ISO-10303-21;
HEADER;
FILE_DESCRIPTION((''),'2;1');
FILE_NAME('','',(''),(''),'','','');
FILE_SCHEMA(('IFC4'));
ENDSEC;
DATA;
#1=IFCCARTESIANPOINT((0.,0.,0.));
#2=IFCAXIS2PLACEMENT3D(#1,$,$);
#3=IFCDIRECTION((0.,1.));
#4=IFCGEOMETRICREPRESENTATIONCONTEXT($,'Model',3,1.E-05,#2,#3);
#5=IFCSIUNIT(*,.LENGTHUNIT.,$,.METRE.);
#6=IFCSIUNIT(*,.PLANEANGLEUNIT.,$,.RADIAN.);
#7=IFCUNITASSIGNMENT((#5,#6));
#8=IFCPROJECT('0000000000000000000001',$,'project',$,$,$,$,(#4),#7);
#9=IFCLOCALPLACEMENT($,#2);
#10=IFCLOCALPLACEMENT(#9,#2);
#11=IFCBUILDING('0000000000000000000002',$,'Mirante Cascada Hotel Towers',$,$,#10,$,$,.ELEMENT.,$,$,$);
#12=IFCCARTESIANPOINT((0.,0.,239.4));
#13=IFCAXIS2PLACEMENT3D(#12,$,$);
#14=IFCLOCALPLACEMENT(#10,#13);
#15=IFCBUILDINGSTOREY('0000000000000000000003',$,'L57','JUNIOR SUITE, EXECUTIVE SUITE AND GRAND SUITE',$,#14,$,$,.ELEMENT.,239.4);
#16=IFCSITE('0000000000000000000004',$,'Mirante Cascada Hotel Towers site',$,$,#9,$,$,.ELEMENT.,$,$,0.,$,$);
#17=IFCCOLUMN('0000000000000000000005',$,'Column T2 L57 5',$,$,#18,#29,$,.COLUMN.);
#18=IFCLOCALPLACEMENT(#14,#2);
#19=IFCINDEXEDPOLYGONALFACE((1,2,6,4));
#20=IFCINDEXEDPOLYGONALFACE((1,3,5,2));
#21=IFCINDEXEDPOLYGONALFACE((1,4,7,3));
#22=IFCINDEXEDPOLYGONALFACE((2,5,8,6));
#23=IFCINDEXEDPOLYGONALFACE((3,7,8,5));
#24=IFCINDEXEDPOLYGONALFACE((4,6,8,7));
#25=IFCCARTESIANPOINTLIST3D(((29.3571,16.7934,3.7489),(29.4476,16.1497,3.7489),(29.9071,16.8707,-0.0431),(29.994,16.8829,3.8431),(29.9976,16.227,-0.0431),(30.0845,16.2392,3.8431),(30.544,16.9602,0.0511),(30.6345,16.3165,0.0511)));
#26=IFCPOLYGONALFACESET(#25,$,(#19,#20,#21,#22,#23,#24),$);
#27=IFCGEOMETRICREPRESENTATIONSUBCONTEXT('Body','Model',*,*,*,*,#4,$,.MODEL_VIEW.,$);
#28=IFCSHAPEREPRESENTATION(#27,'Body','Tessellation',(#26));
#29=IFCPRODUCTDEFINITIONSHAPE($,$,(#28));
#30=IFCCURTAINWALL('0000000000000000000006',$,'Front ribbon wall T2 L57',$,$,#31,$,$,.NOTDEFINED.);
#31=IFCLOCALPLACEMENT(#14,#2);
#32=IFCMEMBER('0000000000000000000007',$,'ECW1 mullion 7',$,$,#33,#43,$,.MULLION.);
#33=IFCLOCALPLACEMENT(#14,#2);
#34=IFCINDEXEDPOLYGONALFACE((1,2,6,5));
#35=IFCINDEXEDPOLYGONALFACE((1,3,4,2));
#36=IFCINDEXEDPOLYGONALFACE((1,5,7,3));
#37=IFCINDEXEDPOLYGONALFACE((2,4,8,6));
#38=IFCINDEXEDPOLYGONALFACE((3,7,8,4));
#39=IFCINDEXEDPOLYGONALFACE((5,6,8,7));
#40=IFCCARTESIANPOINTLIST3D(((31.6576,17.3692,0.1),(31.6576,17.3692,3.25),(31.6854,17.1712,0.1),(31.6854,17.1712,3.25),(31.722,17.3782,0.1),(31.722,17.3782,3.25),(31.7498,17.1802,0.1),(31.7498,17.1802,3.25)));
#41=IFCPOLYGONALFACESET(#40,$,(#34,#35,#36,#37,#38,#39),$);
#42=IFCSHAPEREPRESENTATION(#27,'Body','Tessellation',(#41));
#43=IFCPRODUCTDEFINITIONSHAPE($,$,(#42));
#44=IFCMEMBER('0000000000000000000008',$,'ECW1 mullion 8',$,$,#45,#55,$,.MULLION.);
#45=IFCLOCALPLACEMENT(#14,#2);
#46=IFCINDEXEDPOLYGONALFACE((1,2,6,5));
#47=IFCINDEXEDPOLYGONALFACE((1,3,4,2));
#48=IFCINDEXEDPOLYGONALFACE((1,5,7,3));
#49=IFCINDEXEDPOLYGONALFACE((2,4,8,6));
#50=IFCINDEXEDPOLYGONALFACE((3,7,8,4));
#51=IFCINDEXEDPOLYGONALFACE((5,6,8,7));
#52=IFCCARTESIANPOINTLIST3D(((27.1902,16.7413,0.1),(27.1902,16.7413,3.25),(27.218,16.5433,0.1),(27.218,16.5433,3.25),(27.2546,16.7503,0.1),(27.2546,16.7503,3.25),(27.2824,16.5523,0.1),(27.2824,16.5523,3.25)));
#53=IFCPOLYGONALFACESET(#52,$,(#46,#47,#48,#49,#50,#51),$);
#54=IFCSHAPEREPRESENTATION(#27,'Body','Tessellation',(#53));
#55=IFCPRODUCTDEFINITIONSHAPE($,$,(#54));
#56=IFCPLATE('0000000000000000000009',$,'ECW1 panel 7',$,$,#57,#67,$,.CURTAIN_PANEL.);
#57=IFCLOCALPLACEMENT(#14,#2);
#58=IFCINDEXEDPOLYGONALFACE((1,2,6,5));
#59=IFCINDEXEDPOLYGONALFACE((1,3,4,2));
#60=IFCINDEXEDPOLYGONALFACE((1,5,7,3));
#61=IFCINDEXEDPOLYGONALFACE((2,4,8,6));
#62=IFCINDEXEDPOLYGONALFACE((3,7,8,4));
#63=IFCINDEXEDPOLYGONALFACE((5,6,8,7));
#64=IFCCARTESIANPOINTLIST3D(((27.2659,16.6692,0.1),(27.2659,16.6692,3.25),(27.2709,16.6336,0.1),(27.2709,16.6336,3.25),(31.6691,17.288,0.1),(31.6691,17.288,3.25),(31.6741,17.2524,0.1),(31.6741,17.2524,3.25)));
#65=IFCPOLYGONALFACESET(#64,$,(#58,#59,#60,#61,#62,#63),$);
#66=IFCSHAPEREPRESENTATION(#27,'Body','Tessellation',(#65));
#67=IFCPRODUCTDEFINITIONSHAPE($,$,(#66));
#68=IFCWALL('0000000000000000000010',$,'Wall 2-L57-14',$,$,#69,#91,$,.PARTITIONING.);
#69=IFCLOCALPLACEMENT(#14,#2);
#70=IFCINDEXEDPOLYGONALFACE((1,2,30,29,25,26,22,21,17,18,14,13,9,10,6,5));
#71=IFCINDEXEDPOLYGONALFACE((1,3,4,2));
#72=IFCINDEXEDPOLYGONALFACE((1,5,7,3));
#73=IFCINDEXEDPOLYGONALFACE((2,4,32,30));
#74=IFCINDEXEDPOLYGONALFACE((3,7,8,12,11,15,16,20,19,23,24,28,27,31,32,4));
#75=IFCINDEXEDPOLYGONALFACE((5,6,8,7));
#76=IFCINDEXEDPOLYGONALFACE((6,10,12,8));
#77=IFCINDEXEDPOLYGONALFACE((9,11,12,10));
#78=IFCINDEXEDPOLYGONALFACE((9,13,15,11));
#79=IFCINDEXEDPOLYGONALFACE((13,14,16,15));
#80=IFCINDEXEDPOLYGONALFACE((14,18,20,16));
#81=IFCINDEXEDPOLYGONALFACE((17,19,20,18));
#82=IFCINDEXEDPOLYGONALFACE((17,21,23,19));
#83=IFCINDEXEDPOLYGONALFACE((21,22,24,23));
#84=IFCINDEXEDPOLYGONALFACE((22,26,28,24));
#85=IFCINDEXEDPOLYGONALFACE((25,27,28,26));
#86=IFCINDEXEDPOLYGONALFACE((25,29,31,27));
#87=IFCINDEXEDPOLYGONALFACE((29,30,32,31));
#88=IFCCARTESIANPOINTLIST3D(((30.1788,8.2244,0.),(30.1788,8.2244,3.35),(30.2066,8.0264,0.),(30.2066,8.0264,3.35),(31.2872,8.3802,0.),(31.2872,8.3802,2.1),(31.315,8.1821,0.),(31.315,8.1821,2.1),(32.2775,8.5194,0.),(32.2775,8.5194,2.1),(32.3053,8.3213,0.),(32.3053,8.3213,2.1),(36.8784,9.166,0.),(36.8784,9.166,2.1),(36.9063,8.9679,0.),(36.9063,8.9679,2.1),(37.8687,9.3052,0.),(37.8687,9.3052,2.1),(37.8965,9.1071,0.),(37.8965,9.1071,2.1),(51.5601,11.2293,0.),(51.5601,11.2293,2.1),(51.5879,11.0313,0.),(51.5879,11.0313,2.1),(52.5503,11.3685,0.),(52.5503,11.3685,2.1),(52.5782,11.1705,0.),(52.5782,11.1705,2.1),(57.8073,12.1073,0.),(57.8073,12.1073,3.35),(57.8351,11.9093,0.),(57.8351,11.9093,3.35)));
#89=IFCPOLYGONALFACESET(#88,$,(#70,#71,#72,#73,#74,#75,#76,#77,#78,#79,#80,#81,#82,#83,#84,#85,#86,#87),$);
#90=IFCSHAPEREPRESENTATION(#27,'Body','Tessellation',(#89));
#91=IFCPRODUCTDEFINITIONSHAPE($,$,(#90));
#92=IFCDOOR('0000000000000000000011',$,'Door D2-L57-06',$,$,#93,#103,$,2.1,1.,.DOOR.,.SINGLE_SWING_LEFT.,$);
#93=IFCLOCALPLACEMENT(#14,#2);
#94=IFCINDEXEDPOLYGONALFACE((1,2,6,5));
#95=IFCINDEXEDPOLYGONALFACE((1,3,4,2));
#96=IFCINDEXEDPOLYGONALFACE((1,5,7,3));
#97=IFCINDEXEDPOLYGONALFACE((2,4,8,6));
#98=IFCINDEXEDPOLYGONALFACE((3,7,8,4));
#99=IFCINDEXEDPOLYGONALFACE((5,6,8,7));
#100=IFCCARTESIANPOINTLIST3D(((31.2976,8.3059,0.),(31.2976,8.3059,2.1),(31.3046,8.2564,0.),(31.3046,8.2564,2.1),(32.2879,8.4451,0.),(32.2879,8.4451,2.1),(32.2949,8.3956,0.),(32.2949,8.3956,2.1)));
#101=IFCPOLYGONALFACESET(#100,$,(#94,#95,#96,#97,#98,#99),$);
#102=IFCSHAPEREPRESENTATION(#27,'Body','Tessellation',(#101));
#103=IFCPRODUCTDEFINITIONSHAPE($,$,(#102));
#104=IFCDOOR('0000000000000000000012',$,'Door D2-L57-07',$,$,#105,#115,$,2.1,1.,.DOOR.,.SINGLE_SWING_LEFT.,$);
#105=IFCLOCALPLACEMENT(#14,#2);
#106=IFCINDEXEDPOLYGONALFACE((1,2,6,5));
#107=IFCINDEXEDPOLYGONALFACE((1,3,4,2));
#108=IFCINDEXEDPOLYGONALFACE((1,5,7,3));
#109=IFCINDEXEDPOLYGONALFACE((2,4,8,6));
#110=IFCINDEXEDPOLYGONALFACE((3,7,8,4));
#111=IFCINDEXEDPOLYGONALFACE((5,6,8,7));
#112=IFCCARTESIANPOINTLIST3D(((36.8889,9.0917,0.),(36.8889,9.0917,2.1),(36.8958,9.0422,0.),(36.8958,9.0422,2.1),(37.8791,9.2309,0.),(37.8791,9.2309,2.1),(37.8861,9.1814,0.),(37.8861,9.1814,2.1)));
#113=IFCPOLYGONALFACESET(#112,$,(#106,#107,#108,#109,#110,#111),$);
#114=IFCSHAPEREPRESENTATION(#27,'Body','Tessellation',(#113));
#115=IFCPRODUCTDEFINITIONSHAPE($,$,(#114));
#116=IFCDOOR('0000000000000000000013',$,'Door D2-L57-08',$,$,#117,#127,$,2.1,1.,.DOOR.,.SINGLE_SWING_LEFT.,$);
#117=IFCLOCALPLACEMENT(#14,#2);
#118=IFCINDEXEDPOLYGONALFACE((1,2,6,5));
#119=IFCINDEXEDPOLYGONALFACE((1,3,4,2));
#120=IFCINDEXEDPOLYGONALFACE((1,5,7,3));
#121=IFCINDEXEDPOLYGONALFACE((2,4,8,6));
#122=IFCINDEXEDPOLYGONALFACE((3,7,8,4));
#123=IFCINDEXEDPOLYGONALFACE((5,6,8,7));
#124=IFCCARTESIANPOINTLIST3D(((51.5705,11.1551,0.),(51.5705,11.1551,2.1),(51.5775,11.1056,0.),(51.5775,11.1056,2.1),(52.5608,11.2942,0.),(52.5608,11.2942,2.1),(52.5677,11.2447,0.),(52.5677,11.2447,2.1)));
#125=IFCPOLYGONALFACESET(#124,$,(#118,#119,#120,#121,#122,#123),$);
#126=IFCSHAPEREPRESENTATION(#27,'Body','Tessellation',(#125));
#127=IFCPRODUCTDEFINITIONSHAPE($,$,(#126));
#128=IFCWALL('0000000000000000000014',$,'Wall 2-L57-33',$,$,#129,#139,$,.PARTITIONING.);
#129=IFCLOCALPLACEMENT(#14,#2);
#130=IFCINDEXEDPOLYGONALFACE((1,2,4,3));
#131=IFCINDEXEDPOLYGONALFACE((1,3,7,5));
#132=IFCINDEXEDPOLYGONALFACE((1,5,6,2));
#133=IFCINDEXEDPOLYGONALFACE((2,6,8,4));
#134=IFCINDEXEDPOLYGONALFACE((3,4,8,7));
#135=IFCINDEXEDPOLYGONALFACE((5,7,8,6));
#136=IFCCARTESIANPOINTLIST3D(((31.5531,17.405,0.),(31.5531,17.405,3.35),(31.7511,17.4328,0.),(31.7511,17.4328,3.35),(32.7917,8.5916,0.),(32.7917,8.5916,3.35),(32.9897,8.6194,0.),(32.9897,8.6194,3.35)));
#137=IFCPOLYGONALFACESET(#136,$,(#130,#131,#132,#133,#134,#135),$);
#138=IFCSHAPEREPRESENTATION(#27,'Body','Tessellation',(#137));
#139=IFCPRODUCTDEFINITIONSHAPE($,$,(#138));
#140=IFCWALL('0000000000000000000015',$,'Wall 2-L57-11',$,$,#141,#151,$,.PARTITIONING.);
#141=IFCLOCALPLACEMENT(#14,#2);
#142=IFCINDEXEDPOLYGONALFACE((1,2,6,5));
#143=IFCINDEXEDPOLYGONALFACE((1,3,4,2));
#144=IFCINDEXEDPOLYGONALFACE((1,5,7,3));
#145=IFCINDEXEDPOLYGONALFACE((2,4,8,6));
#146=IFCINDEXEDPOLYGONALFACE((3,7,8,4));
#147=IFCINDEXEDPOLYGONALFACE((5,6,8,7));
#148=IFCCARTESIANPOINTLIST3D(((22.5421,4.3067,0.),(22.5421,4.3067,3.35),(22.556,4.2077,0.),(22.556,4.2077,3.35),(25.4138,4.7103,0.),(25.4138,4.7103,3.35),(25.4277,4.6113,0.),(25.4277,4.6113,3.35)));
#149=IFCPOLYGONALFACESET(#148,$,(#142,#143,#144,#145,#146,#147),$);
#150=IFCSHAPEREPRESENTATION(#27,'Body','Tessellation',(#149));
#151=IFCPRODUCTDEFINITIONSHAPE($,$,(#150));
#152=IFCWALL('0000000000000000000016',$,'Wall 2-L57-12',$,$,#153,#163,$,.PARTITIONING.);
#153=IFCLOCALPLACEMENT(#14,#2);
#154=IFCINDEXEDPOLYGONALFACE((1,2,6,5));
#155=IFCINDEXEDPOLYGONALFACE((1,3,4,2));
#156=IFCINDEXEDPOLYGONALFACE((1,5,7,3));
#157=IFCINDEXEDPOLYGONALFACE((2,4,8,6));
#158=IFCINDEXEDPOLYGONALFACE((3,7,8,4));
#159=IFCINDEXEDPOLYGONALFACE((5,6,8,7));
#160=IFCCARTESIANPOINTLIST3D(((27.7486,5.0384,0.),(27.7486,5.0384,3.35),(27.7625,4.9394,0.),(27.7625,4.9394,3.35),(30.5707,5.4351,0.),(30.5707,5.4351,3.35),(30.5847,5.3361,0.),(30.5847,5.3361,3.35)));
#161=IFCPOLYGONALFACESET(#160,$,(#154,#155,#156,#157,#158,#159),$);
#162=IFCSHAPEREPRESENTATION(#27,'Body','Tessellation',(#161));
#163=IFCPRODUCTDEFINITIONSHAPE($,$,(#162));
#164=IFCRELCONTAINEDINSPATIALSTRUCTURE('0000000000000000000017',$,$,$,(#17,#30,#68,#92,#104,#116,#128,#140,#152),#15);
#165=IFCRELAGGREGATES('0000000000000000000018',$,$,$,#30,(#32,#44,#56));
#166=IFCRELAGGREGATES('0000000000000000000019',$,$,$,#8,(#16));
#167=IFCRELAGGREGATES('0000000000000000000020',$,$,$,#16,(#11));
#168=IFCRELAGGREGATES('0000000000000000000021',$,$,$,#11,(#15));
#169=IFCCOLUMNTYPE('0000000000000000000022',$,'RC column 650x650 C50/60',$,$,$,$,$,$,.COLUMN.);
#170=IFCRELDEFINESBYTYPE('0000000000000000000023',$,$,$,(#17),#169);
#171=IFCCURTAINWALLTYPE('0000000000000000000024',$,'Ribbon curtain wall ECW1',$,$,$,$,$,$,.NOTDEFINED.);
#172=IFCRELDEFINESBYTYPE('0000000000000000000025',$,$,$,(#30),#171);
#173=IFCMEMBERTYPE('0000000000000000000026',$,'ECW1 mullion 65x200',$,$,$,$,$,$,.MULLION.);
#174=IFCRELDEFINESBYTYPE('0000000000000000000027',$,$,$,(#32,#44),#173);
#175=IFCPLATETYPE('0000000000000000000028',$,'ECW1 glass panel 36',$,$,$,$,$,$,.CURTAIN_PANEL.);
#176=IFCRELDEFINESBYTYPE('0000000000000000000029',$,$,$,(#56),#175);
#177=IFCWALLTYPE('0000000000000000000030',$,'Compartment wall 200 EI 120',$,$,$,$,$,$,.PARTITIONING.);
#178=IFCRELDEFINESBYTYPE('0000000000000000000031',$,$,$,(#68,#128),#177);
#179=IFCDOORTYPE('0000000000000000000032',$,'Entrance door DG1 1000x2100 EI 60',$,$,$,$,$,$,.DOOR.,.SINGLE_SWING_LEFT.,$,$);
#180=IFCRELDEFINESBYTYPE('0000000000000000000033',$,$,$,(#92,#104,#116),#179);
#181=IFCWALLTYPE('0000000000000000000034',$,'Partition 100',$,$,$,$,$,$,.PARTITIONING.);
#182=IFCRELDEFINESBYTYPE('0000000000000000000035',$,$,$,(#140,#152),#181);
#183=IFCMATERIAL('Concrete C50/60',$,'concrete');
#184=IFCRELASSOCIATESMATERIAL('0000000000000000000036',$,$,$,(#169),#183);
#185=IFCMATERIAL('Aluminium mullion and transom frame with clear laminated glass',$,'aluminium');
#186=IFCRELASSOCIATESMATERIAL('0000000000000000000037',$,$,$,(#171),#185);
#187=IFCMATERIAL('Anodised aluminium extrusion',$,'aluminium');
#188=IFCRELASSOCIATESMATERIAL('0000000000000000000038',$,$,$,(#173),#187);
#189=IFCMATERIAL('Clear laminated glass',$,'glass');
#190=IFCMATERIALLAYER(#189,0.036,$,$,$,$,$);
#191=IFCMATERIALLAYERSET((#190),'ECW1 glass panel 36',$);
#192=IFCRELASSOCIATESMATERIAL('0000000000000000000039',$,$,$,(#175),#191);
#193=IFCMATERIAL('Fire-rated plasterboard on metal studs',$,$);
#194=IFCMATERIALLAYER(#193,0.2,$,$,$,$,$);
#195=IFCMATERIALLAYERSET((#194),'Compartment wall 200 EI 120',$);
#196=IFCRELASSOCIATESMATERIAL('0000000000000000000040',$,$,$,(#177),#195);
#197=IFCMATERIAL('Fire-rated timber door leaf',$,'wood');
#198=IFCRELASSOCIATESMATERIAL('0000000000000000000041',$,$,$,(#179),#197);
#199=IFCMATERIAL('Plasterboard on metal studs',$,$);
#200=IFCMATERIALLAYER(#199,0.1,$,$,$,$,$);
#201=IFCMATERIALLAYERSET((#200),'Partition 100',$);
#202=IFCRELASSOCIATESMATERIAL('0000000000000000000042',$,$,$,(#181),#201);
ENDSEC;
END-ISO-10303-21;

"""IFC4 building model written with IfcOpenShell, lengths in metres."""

from ifc_helpers import new_model, si_unit, direction, frame, frame_2d, origin, origin_2d, place, context, subcontext, project, spatial, rectangle, extrude, material, layer, layer_set, material_profile, profile_set, type_object, element, fill, aggregate, save


model = new_model("IFC4")

# Units and contexts
model_context = context("Model", 3, precision=1e-05, world=origin(), true_north=direction((0.0, 1.0)))
body_context = subcontext(model_context, "Body", "Model", "MODEL_VIEW")
ifc_project = project(units=[si_unit("LENGTHUNIT", "METRE"), si_unit("PLANEANGLEUNIT", "RADIAN")], contexts=[model_context])

# Site, building, storey
site_placement = place(None, origin())
site = spatial("IfcSite", under=ifc_project, at=site_placement, Name="Mirante Cascada Hotel Towers site", CompositionType="ELEMENT", RefElevation=0.0)
building_placement = place(site_placement, origin())
building = spatial("IfcBuilding", under=site, at=building_placement, Name="Mirante Cascada Hotel Towers", CompositionType="ELEMENT")
storey_placement = place(building_placement, frame((0.0, 0.0, 239.4)))
storey = spatial("IfcBuildingStorey", under=building, at=storey_placement, Name="L57", Description="JUNIOR SUITE, EXECUTIVE SUITE AND GRAND SUITE", CompositionType="ELEMENT", Elevation=239.4)

# Column
ifc_material_1 = material(Name="Concrete C50/60", Category="concrete")
ifc_material_profile_1 = material_profile(ifc_material_1, rectangle(XDim=0.65, YDim=0.65, at=origin_2d()), Name="RC column 650x650 C50/60")
ifc_profile_set_1 = profile_set([ifc_material_profile_1], Name="Concrete C50/60")
column_type = type_object("IfcColumnType", Name="RC column 650x650 C50/60", PredefinedType="COLUMN", material=ifc_profile_set_1)
column_placement = place(storey_placement, frame((30.2708, 16.5936, 0.004), z_axis=(-0.143511, -0.02017, 0.989443), x_axis=(0.139178, -0.990267, 0.0)))
element("IfcColumn", 1, at=column_placement, inside=storey, type_object=column_type, Name="Column T2 L57 5", PredefinedType="COLUMN", context=body_context, shape_type="SweptSolid", body=[
    extrude(rectangle(XDim=0.65, YDim=0.65, at=origin_2d()), origin(), (0.0, 0.0, 1.0), 3.8325),
])

# Curtain wall, members, plate
ifc_material_2 = material(Name="Aluminium mullion and transom frame with clear laminated glass", Category="aluminium")
curtain_wall_type = type_object("IfcCurtainWallType", Name="Ribbon curtain wall ECW1", PredefinedType="NOTDEFINED", material=ifc_material_2)
curtain_wall_placement = place(storey_placement, origin())
curtain_wall = element("IfcCurtainWall", 2, at=curtain_wall_placement, inside=storey, type_object=curtain_wall_type, Name="Front ribbon wall T2 L57", PredefinedType="NOTDEFINED")
ifc_material_3 = material(Name="Anodised aluminium extrusion", Category="aluminium")
ifc_material_profile_2 = material_profile(ifc_material_3, rectangle(XDim=0.2, YDim=0.065, at=origin_2d()), Name="ECW1 MULLION 65x200")
ifc_profile_set_2 = profile_set([ifc_material_profile_2], Name="Anodised aluminium extrusion")
member_type = type_object("IfcMemberType", Name="ECW1 mullion 65x200", PredefinedType="MULLION", material=ifc_profile_set_2)
member_1_placement = place(storey_placement, frame((31.7037, 17.2747, 0.1), z_axis=(0.0, 0.0, 1.0), x_axis=(0.139173, -0.990268, 0.0)))
member_1 = element("IfcMember", 3, at=member_1_placement, type_object=member_type, Name="ECW1 mullion 7", PredefinedType="MULLION", context=body_context, shape_type="SweptSolid", body=[
    extrude(rectangle(XDim=0.2, YDim=0.065, at=origin_2d()), origin(), (0.0, 0.0, 1.0), 3.15),
])
member_2_placement = place(storey_placement, frame((27.2363, 16.6468, 0.1), z_axis=(0.0, 0.0, 1.0), x_axis=(0.139173, -0.990268, 0.0)))
member_2 = element("IfcMember", 4, at=member_2_placement, type_object=member_type, Name="ECW1 mullion 8", PredefinedType="MULLION", context=body_context, shape_type="SweptSolid", body=[
    extrude(rectangle(XDim=0.2, YDim=0.065, at=origin_2d()), origin(), (0.0, 0.0, 1.0), 3.15),
])
ifc_material_4 = material(Name="Clear laminated glass", Category="glass")
ifc_layer_1 = layer(ifc_material_4, 0.036)
ifc_layer_set_1 = layer_set([ifc_layer_1], Name="ECW1 glass panel 36")
plate_type = type_object("IfcPlateType", Name="ECW1 glass panel 36", PredefinedType="CURTAIN_PANEL", material=ifc_layer_set_1)
plate_placement = place(storey_placement, frame((29.47, 16.9608, 0.1), z_axis=(0.0, 0.0, 1.0), x_axis=(-0.990268, -0.139173, 0.0)))
plate = element("IfcPlate", 5, at=plate_placement, type_object=plate_type, Name="ECW1 panel 7", PredefinedType="CURTAIN_PANEL", context=body_context, shape_type="SweptSolid", body=[
    extrude(rectangle(XDim=4.4464, YDim=0.036, at=origin_2d()), origin(), (0.0, 0.0, 1.0), 3.15),
])
aggregate(curtain_wall, [member_1, member_2, plate])

# Wall, openings, doors
ifc_material_5 = material(Name="Fire-rated plasterboard on metal studs")
ifc_layer_2 = layer(ifc_material_5, 0.2)
ifc_layer_set_2 = layer_set([ifc_layer_2], Name="Compartment wall 200 EI 120")
wall_type_1 = type_object("IfcWallType", Name="Compartment wall 200 EI 120", PredefinedType="PARTITIONING", material=ifc_layer_set_2)
wall_1_placement = place(storey_placement, frame((30.1927, 8.1254, 0.0), z_axis=(0.0, 0.0, 1.0), x_axis=(0.990268, 0.139172, 0.0)))
wall_1 = element("IfcWall", 6, at=wall_1_placement, inside=storey, type_object=wall_type_1, Name="Wall 2-L57-14", PredefinedType="PARTITIONING", context=body_context, shape_type="SweptSolid", body=[
    extrude(rectangle(XDim=27.9, YDim=0.2, at=frame_2d((13.95, 0.0))), origin(), (0.0, 0.0, 1.0), 3.35),
])
opening_1_placement = place(wall_1_placement, frame((1.1193, 0.0, 0.0)))
opening_1 = element("IfcOpeningElement", 7, at=opening_1_placement, cuts=wall_1, PredefinedType="OPENING", context=body_context, shape_type="SweptSolid", body=[
    extrude(rectangle(XDim=1.0, YDim=2.1, at=frame_2d((0.5, 1.05))), frame((0.0, 0.1, 0.0), z_axis=(0.0, -1.0, 0.0), x_axis=(1.0, 0.0, 0.0)), (0.0, 0.0, 1.0), 0.2),
])
opening_2_placement = place(wall_1_placement, frame((6.7655, 0.0, 0.0)))
opening_2 = element("IfcOpeningElement", 8, at=opening_2_placement, cuts=wall_1, PredefinedType="OPENING", context=body_context, shape_type="SweptSolid", body=[
    extrude(rectangle(XDim=1.0, YDim=2.1, at=frame_2d((0.5, 1.05))), frame((0.0, 0.1, 0.0), z_axis=(0.0, -1.0, 0.0), x_axis=(1.0, 0.0, 0.0)), (0.0, 0.0, 1.0), 0.2),
])
opening_3_placement = place(wall_1_placement, frame((21.5914, 0.0, 0.0)))
opening_3 = element("IfcOpeningElement", 9, at=opening_3_placement, cuts=wall_1, PredefinedType="OPENING", context=body_context, shape_type="SweptSolid", body=[
    extrude(rectangle(XDim=1.0, YDim=2.1, at=frame_2d((0.5, 1.05))), frame((0.0, 0.1, 0.0), z_axis=(0.0, -1.0, 0.0), x_axis=(1.0, 0.0, 0.0)), (0.0, 0.0, 1.0), 0.2),
])
ifc_material_6 = material(Name="Fire-rated timber door leaf", Category="wood")
door_type_1 = type_object("IfcDoorType", Name="Entrance door DG1 1000x2100 EI 60", OperationType="SINGLE_SWING_LEFT", PredefinedType="DOOR", material=ifc_material_6)
door_1_placement = place(opening_1_placement, origin())
door_1 = element("IfcDoor", 10, at=door_1_placement, inside=storey, type_object=door_type_1, Name="Door D2-L57-06", OperationType="SINGLE_SWING_LEFT", OverallHeight=2.1, OverallWidth=1.0, PredefinedType="DOOR", context=body_context, shape_type="SweptSolid", body=[
    extrude(rectangle(XDim=1.0, YDim=2.1, at=frame_2d((0.5, 1.05))), frame((0.0, 0.025, 0.0), z_axis=(0.0, -1.0, 0.0), x_axis=(1.0, 0.0, 0.0)), (0.0, 0.0, 1.0), 0.05),
])
fill(opening_1, door_1)
door_2_placement = place(opening_2_placement, origin())
door_2 = element("IfcDoor", 11, at=door_2_placement, inside=storey, type_object=door_type_1, Name="Door D2-L57-07", OperationType="SINGLE_SWING_LEFT", OverallHeight=2.1, OverallWidth=1.0, PredefinedType="DOOR", context=body_context, shape_type="SweptSolid", body=[
    extrude(rectangle(XDim=1.0, YDim=2.1, at=frame_2d((0.5, 1.05))), frame((0.0, 0.025, 0.0), z_axis=(0.0, -1.0, 0.0), x_axis=(1.0, 0.0, 0.0)), (0.0, 0.0, 1.0), 0.05),
])
fill(opening_2, door_2)
door_3_placement = place(opening_3_placement, origin())
door_3 = element("IfcDoor", 12, at=door_3_placement, inside=storey, type_object=door_type_1, Name="Door D2-L57-08", OperationType="SINGLE_SWING_LEFT", OverallHeight=2.1, OverallWidth=1.0, PredefinedType="DOOR", context=body_context, shape_type="SweptSolid", body=[
    extrude(rectangle(XDim=1.0, YDim=2.1, at=frame_2d((0.5, 1.05))), frame((0.0, 0.025, 0.0), z_axis=(0.0, -1.0, 0.0), x_axis=(1.0, 0.0, 0.0)), (0.0, 0.0, 1.0), 0.05),
])
fill(opening_3, door_3)

# Walls
wall_2_placement = place(storey_placement, frame((31.6521, 17.4189, 0.0), z_axis=(0.0, 0.0, 1.0), x_axis=(0.139168, -0.990269, 0.0)))
element("IfcWall", 13, at=wall_2_placement, inside=storey, type_object=wall_type_1, Name="Wall 2-L57-33", PredefinedType="PARTITIONING", context=body_context, shape_type="SweptSolid", body=[
    extrude(rectangle(XDim=8.9, YDim=0.2, at=frame_2d((4.45, 0.0))), origin(), (0.0, 0.0, 1.0), 3.35),
])
ifc_material_7 = material(Name="Plasterboard on metal studs")
ifc_layer_3 = layer(ifc_material_7, 0.1)
ifc_layer_set_3 = layer_set([ifc_layer_3], Name="Partition 100")
wall_type_2 = type_object("IfcWallType", Name="Partition 100", PredefinedType="PARTITIONING", material=ifc_layer_set_3)
wall_3_placement = place(storey_placement, frame((25.4208, 4.6608, 0.0), z_axis=(0.0, 0.0, 1.0), x_axis=(-0.990268, -0.139176, 0.0)))
element("IfcWall", 14, at=wall_3_placement, inside=storey, type_object=wall_type_2, Name="Wall 2-L57-11", PredefinedType="PARTITIONING", context=body_context, shape_type="SweptSolid", body=[
    extrude(rectangle(XDim=2.8999, YDim=0.1, at=frame_2d((1.45, 0.0))), origin(), (0.0, 0.0, 1.0), 3.35),
])
wall_4_placement = place(storey_placement, frame((27.7555, 4.9889, 0.0), z_axis=(0.0, 0.0, 1.0), x_axis=(0.990265, 0.139196, 0.0)))
element("IfcWall", 15, at=wall_4_placement, inside=storey, type_object=wall_type_2, Name="Wall 2-L57-12", PredefinedType="PARTITIONING", context=body_context, shape_type="SweptSolid", body=[
    extrude(rectangle(XDim=2.8499, YDim=0.1, at=frame_2d((1.425, 0.0))), origin(), (0.0, 0.0, 1.0), 3.35),
])

save(model, "model.ifc")
